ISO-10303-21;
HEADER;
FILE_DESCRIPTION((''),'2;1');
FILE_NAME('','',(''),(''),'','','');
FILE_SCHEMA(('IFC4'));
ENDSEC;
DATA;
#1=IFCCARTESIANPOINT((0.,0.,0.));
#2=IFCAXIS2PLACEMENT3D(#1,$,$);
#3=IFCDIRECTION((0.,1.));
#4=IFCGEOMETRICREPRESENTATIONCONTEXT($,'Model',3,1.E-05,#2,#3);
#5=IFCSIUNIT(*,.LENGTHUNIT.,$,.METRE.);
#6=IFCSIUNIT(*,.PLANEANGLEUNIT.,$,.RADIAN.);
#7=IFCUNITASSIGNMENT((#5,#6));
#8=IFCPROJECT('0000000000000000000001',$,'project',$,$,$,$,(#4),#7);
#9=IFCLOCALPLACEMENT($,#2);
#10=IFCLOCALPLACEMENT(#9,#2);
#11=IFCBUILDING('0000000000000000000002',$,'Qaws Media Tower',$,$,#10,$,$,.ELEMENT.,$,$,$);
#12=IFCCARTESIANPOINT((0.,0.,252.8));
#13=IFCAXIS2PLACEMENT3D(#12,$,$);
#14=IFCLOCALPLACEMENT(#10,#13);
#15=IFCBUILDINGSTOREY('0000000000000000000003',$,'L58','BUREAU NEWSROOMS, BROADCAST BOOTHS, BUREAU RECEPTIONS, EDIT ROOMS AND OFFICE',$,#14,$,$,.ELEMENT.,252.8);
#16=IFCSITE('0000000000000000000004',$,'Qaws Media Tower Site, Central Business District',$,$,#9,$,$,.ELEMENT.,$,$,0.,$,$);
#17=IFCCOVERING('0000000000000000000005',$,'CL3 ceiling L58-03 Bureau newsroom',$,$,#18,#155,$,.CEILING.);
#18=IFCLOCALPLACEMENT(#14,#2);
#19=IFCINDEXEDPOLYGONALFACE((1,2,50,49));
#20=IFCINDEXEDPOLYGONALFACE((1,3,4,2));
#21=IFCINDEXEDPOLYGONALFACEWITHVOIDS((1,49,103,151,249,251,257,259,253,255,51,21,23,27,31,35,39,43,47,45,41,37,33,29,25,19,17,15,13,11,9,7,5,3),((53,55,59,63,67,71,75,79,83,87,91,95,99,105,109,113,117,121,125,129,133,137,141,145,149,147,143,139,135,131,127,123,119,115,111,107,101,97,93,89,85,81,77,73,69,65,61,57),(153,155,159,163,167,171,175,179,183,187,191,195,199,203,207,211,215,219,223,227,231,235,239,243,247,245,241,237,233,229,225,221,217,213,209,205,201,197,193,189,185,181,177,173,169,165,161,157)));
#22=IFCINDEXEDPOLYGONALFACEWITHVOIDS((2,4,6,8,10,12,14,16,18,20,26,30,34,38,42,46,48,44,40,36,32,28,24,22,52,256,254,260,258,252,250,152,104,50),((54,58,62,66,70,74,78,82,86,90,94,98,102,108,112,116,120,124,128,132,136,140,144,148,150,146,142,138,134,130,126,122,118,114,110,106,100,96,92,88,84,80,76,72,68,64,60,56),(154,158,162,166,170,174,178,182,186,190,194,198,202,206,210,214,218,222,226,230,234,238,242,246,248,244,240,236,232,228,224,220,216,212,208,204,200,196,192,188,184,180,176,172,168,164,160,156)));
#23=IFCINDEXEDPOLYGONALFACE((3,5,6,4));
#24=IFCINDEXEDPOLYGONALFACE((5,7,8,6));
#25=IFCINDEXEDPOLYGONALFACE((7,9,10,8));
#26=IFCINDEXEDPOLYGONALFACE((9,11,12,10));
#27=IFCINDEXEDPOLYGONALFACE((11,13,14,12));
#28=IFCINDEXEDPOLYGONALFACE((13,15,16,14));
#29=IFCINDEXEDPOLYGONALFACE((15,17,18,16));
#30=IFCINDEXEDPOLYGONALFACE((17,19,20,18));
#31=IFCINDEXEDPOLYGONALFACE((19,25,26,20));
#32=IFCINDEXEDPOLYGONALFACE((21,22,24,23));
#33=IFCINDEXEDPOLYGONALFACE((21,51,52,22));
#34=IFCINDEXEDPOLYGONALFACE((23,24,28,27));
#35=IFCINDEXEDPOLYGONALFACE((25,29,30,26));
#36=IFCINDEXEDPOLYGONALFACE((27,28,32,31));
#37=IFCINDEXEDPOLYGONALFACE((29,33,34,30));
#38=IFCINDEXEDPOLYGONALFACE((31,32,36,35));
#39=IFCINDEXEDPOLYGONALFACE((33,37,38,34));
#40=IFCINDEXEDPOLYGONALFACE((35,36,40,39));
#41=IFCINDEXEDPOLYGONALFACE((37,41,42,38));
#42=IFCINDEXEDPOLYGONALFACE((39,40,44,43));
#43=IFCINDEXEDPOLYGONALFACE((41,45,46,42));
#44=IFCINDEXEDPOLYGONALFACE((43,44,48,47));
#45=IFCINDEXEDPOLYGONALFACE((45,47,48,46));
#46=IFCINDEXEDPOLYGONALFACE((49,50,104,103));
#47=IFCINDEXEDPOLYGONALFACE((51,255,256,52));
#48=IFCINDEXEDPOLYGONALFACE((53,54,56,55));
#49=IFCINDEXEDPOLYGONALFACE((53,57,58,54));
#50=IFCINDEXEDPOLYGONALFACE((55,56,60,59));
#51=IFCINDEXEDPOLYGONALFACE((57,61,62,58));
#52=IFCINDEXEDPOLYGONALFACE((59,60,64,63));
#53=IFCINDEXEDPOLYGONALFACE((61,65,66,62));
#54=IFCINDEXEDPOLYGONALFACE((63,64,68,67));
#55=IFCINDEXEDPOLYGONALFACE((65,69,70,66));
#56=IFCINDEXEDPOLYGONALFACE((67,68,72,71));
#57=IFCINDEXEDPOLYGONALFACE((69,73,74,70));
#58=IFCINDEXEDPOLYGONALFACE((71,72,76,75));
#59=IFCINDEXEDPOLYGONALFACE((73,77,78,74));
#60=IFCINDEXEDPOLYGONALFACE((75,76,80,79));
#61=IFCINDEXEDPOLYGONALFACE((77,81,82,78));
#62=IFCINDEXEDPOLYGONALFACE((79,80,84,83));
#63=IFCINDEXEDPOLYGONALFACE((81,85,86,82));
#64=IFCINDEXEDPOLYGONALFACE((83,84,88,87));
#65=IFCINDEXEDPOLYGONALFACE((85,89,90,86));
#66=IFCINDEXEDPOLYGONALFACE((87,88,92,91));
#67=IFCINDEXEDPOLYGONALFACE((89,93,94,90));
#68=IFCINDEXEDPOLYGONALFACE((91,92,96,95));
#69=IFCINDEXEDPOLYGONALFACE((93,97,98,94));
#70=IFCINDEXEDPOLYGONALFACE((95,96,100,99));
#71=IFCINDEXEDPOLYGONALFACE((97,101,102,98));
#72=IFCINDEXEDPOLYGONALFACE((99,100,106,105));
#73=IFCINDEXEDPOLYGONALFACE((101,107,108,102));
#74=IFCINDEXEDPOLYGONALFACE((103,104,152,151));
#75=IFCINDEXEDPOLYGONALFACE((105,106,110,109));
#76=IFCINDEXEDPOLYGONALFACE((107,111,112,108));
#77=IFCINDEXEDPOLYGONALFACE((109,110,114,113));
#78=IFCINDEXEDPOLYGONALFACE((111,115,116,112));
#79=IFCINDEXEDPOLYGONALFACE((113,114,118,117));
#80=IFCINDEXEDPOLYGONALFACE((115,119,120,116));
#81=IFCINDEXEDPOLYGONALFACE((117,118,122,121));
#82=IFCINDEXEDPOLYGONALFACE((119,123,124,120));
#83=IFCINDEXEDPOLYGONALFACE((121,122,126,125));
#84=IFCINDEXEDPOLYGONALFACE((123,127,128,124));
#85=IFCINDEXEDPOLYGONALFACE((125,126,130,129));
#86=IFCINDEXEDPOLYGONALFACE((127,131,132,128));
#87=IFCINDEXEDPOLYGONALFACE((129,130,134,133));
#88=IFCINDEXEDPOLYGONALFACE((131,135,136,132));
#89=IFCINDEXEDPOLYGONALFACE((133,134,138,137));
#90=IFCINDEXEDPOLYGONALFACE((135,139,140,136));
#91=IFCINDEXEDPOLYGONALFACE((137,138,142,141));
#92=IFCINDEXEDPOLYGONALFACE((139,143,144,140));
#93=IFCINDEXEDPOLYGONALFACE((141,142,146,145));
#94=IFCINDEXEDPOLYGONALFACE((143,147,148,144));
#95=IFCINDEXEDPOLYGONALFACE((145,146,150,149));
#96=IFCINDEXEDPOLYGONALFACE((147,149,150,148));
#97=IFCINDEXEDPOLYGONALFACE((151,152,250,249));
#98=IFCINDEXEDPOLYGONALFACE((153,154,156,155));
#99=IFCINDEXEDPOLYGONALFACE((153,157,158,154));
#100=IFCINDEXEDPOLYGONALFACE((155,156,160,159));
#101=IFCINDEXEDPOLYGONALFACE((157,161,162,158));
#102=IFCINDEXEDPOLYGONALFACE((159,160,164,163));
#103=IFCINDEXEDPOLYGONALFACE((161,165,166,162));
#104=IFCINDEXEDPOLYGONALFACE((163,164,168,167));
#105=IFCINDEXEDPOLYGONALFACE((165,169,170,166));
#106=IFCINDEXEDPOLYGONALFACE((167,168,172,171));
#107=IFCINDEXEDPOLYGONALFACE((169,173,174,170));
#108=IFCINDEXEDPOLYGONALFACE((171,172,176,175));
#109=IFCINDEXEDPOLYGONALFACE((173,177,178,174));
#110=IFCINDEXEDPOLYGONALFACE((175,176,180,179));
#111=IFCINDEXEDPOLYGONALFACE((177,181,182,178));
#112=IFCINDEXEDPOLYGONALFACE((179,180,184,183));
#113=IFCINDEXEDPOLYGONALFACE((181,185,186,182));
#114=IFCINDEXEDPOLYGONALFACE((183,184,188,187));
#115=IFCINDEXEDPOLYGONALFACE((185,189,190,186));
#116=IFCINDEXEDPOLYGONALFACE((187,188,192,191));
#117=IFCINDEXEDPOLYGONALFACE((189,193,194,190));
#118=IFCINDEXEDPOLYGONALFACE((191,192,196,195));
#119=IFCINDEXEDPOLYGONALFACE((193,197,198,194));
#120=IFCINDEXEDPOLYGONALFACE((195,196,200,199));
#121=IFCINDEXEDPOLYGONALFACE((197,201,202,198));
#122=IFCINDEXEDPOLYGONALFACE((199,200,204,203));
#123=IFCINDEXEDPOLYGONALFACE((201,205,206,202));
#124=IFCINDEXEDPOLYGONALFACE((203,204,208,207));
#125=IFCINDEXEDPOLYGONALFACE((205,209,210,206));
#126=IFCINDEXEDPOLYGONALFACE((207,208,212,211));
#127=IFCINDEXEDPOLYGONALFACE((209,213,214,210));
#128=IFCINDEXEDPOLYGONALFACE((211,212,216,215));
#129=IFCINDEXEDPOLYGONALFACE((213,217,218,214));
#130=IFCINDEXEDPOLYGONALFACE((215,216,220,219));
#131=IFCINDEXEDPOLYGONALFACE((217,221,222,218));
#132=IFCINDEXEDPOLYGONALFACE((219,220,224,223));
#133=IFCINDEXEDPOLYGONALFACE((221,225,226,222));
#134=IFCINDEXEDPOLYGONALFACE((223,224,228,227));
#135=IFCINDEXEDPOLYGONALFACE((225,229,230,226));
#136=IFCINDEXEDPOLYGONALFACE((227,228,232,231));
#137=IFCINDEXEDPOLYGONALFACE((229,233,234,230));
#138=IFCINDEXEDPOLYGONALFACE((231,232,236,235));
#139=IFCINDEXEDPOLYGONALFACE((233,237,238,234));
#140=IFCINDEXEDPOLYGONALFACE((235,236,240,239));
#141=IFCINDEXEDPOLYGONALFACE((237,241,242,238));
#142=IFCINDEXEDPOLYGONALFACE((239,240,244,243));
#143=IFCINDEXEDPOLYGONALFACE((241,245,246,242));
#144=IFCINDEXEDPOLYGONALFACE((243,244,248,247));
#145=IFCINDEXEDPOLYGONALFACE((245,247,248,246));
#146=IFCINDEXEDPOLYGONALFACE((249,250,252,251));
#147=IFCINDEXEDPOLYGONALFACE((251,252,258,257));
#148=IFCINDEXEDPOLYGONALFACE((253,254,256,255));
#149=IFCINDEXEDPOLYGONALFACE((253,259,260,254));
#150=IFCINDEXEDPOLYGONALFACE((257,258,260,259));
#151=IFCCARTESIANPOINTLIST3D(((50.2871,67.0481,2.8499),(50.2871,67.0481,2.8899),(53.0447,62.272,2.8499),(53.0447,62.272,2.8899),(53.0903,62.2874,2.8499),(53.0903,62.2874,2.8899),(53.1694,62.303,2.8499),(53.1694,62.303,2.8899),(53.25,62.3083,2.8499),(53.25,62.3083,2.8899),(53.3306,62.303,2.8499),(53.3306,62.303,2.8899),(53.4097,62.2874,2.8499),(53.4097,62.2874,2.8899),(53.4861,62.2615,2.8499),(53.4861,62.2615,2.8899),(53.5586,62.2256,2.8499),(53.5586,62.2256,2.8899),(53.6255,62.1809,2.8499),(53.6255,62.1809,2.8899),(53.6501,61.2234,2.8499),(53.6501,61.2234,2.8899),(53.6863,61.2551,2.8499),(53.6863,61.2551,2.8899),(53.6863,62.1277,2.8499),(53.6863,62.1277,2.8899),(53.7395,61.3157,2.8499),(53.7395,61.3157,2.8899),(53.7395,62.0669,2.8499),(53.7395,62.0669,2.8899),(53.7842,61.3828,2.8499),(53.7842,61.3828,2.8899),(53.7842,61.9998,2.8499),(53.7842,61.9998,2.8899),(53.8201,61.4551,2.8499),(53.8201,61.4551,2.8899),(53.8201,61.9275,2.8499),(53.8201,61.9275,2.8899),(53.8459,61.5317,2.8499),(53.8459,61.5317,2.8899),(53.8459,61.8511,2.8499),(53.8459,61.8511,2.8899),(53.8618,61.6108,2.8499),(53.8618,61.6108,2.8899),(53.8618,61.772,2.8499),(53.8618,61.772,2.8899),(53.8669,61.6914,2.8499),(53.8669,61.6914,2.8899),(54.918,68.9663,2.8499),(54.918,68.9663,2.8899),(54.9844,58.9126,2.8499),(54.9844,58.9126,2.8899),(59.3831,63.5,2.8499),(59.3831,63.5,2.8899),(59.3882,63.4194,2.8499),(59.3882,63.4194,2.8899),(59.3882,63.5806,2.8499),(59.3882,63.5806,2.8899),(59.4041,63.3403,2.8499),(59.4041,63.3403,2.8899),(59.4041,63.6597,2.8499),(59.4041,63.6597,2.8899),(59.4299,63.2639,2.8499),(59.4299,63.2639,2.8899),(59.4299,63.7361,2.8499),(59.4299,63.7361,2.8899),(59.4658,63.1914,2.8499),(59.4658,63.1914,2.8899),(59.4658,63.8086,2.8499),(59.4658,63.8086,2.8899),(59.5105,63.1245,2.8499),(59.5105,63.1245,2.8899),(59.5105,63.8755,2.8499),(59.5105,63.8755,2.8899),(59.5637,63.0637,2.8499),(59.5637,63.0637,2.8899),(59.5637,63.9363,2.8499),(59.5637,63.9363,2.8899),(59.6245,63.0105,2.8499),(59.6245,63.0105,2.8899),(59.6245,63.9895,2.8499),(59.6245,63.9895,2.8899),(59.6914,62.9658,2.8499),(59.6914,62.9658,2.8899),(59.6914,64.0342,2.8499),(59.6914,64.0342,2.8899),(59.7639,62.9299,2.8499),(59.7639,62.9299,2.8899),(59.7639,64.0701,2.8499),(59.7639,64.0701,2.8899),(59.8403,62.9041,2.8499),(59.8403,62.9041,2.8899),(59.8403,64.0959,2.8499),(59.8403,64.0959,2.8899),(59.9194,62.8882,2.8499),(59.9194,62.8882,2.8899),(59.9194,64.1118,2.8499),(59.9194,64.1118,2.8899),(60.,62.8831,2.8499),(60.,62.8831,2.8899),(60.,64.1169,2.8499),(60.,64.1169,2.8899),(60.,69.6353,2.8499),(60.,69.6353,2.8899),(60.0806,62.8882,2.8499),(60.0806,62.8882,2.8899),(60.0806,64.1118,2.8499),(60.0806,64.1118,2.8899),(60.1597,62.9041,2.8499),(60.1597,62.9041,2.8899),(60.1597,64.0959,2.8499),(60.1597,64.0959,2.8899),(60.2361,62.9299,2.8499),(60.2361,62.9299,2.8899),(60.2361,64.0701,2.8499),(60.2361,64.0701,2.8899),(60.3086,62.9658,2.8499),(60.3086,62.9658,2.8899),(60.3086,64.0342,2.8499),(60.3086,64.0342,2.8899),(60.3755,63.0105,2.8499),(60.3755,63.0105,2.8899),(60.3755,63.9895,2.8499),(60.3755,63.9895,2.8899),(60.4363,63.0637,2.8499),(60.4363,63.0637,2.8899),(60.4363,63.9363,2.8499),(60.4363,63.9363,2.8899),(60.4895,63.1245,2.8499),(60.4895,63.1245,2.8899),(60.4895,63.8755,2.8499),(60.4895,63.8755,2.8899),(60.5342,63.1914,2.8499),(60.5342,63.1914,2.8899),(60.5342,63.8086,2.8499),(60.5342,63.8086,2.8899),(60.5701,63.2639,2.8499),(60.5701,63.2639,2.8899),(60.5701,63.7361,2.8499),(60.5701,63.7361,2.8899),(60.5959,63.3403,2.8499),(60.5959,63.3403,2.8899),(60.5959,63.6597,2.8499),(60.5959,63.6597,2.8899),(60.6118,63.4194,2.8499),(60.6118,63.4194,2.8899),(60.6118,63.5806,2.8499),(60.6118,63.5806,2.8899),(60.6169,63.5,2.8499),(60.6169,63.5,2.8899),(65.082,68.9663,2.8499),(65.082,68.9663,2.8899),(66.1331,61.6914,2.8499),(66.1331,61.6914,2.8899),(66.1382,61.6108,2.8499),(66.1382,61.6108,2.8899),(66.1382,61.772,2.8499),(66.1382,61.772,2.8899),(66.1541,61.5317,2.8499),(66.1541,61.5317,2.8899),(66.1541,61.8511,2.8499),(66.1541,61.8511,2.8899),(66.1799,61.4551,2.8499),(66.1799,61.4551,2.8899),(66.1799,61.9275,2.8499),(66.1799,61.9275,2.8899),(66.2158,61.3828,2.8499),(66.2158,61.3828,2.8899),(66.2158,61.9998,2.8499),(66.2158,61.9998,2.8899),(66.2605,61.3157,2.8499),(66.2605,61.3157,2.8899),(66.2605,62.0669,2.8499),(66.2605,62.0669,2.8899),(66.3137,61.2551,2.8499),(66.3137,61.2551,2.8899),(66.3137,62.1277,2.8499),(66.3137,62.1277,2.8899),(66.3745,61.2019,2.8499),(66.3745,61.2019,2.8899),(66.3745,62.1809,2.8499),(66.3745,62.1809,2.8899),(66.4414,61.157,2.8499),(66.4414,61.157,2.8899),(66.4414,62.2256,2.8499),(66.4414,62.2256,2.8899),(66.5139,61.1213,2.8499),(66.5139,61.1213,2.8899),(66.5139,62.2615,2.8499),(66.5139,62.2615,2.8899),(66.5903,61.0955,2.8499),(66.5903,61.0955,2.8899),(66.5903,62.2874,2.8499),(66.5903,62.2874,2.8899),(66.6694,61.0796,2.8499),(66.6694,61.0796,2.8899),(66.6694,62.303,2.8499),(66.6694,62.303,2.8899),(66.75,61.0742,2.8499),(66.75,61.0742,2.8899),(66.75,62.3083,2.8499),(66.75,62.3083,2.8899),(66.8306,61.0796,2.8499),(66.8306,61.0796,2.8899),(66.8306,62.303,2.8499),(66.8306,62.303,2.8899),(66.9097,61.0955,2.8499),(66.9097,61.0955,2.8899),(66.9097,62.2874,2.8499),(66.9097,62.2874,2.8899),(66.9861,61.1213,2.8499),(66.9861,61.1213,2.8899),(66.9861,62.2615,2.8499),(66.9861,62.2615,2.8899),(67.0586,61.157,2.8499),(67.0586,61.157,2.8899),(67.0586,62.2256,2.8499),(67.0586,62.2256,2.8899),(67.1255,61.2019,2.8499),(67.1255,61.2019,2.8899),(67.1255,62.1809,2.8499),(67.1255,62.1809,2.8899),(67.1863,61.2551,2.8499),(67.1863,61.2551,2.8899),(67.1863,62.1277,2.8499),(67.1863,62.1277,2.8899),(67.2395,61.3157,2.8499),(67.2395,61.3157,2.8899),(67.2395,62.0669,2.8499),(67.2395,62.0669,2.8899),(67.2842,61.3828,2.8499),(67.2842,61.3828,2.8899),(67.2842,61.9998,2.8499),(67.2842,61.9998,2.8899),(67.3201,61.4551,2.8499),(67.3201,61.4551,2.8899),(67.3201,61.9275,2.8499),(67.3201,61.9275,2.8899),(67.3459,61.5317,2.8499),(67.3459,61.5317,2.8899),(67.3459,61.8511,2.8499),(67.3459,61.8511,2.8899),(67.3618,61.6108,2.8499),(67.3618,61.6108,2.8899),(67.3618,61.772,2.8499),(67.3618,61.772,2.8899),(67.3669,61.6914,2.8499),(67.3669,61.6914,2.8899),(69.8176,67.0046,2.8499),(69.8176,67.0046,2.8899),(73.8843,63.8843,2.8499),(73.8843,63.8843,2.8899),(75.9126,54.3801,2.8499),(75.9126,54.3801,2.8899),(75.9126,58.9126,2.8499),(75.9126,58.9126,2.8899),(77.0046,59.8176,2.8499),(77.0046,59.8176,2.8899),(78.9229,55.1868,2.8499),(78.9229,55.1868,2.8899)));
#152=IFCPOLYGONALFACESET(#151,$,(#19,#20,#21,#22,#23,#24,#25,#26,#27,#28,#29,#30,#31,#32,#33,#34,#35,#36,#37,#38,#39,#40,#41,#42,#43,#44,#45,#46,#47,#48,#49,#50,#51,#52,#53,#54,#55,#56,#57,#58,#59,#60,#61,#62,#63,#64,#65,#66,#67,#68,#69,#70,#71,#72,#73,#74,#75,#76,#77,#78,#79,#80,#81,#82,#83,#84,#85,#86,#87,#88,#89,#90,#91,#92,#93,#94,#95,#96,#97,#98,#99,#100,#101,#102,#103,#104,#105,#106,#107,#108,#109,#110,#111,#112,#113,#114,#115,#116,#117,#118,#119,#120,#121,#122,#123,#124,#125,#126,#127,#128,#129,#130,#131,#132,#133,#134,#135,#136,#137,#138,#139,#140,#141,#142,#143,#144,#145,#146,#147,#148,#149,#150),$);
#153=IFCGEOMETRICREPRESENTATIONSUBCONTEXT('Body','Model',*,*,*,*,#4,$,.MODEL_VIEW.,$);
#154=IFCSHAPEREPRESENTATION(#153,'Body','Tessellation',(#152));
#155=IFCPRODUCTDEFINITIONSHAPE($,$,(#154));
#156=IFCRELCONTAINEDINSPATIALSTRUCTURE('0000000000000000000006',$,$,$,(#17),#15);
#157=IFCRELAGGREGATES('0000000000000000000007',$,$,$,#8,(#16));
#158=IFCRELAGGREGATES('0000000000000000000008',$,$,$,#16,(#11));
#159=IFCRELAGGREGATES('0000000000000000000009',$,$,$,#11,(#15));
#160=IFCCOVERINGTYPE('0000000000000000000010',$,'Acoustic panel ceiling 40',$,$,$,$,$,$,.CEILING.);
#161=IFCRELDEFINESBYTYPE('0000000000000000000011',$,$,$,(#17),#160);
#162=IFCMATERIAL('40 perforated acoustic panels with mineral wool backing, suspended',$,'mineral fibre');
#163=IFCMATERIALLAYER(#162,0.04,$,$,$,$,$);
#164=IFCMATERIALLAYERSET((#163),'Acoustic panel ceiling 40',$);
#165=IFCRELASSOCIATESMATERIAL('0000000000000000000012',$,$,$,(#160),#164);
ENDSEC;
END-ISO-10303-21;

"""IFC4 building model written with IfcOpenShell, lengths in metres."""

from ifc_helpers import new_model, si_unit, direction, frame, origin, place, context, subcontext, project, spatial, polyline, outline, extrude, material, layer, layer_set, type_object, element, save


model = new_model("IFC4")

# Units and contexts
model_context = context("Model", 3, precision=1e-05, world=origin(), true_north=direction((0.0, 1.0)))
body_context = subcontext(model_context, "Body", "Model", "MODEL_VIEW")
ifc_project = project(units=[si_unit("LENGTHUNIT", "METRE"), si_unit("PLANEANGLEUNIT", "RADIAN")], contexts=[model_context])

# Site, building, storey
site_placement = place(None, origin())
site = spatial("IfcSite", under=ifc_project, at=site_placement, Name="Qaws Media Tower Site, Central Business District", CompositionType="ELEMENT", RefElevation=0.0)
building_placement = place(site_placement, origin())
building = spatial("IfcBuilding", under=site, at=building_placement, Name="Qaws Media Tower", CompositionType="ELEMENT")
storey_placement = place(building_placement, frame((0.0, 0.0, 252.8)))
storey = spatial("IfcBuildingStorey", under=building, at=storey_placement, Name="L58", Description="BUREAU NEWSROOMS, BROADCAST BOOTHS, BUREAU RECEPTIONS, EDIT ROOMS AND OFFICE", CompositionType="ELEMENT", Elevation=252.8)

# Covering
ifc_material_1 = material(Name="40 perforated acoustic panels with mineral wool backing, suspended", Category="mineral fibre")
ifc_layer_1 = layer(ifc_material_1, 0.04)
ifc_layer_set_1 = layer_set([ifc_layer_1], Name="Acoustic panel ceiling 40")
covering_type_1 = type_object("IfcCoveringType", Name="Acoustic panel ceiling 40", PredefinedType="CEILING", material=ifc_layer_set_1)
covering_1_placement = place(storey_placement, frame((0.0, 0.0, 2.8499)))
element("IfcCovering", 1, at=covering_1_placement, inside=storey, type_object=covering_type_1, Name="CL3 ceiling L58-03 Bureau newsroom", PredefinedType="CEILING", context=body_context, shape_type="SweptSolid", body=[
    extrude(outline(polyline([(54.918, 68.9663), (60.0, 69.6353), (65.082, 68.9663), (69.8176, 67.0046), (73.8843, 63.8843), (77.0046, 59.8176), (78.9229, 55.1868), (75.9126, 54.3801), (75.9126, 58.9126), (54.9844, 58.9126), (53.6501, 61.2234), (53.6863, 61.2551), (53.7395, 61.3157), (53.7842, 61.3828), (53.8201, 61.4551), (53.8459, 61.5317), (53.8618, 61.6108), (53.8669, 61.6914), (53.8618, 61.772), (53.8459, 61.8511), (53.8201, 61.9275), (53.7842, 61.9998), (53.7395, 62.0669), (53.6863, 62.1277), (53.6255, 62.1809), (53.5586, 62.2256), (53.4861, 62.2615), (53.4097, 62.2874), (53.3306, 62.303), (53.25, 62.3083), (53.1694, 62.303), (53.0903, 62.2874), (53.0447, 62.272), (50.2871, 67.0481), (54.918, 68.9663)]), holes=[polyline([(60.5701, 63.2639), (60.5959, 63.3403), (60.6118, 63.4194), (60.6169, 63.5), (60.6118, 63.5806), (60.5959, 63.6597), (60.5701, 63.7361), (60.5342, 63.8086), (60.4895, 63.8755), (60.4363, 63.9363), (60.3755, 63.9895), (60.3086, 64.0342), (60.2361, 64.0701), (60.1597, 64.0959), (60.0806, 64.1118), (60.0, 64.1169), (59.9194, 64.1118), (59.8403, 64.0959), (59.7639, 64.0701), (59.6914, 64.0342), (59.6245, 63.9895), (59.5637, 63.9363), (59.5105, 63.8755), (59.4658, 63.8086), (59.4299, 63.7361), (59.4041, 63.6597), (59.3882, 63.5806), (59.3831, 63.5), (59.3882, 63.4194), (59.4041, 63.3403), (59.4299, 63.2639), (59.4658, 63.1914), (59.5105, 63.1245), (59.5637, 63.0637), (59.6245, 63.0105), (59.6914, 62.9658), (59.7639, 62.9299), (59.8403, 62.9041), (59.9194, 62.8882), (60.0, 62.8831), (60.0806, 62.8882), (60.1597, 62.9041), (60.2361, 62.9299), (60.3086, 62.9658), (60.3755, 63.0105), (60.4363, 63.0637), (60.4895, 63.1245), (60.5342, 63.1914), (60.5701, 63.2639)]), polyline([(67.3201, 61.4551), (67.3459, 61.5317), (67.3618, 61.6108), (67.3669, 61.6914), (67.3618, 61.772), (67.3459, 61.8511), (67.3201, 61.9275), (67.2842, 61.9998), (67.2395, 62.0669), (67.1863, 62.1277), (67.1255, 62.1809), (67.0586, 62.2256), (66.9861, 62.2615), (66.9097, 62.2874), (66.8306, 62.303), (66.75, 62.3083), (66.6694, 62.303), (66.5903, 62.2874), (66.5139, 62.2615), (66.4414, 62.2256), (66.3745, 62.1809), (66.3137, 62.1277), (66.2605, 62.0669), (66.2158, 61.9998), (66.1799, 61.9275), (66.1541, 61.8511), (66.1382, 61.772), (66.1331, 61.6914), (66.1382, 61.6108), (66.1541, 61.5317), (66.1799, 61.4551), (66.2158, 61.3828), (66.2605, 61.3157), (66.3137, 61.2551), (66.3745, 61.2019), (66.4414, 61.157), (66.5139, 61.1213), (66.5903, 61.0955), (66.6694, 61.0796), (66.75, 61.0742), (66.8306, 61.0796), (66.9097, 61.0955), (66.9861, 61.1213), (67.0586, 61.157), (67.1255, 61.2019), (67.1863, 61.2551), (67.2395, 61.3157), (67.2842, 61.3828), (67.3201, 61.4551)])]), origin(), (0.0, 0.0, 1.0), 0.04),
])

save(model, "model.ifc")
